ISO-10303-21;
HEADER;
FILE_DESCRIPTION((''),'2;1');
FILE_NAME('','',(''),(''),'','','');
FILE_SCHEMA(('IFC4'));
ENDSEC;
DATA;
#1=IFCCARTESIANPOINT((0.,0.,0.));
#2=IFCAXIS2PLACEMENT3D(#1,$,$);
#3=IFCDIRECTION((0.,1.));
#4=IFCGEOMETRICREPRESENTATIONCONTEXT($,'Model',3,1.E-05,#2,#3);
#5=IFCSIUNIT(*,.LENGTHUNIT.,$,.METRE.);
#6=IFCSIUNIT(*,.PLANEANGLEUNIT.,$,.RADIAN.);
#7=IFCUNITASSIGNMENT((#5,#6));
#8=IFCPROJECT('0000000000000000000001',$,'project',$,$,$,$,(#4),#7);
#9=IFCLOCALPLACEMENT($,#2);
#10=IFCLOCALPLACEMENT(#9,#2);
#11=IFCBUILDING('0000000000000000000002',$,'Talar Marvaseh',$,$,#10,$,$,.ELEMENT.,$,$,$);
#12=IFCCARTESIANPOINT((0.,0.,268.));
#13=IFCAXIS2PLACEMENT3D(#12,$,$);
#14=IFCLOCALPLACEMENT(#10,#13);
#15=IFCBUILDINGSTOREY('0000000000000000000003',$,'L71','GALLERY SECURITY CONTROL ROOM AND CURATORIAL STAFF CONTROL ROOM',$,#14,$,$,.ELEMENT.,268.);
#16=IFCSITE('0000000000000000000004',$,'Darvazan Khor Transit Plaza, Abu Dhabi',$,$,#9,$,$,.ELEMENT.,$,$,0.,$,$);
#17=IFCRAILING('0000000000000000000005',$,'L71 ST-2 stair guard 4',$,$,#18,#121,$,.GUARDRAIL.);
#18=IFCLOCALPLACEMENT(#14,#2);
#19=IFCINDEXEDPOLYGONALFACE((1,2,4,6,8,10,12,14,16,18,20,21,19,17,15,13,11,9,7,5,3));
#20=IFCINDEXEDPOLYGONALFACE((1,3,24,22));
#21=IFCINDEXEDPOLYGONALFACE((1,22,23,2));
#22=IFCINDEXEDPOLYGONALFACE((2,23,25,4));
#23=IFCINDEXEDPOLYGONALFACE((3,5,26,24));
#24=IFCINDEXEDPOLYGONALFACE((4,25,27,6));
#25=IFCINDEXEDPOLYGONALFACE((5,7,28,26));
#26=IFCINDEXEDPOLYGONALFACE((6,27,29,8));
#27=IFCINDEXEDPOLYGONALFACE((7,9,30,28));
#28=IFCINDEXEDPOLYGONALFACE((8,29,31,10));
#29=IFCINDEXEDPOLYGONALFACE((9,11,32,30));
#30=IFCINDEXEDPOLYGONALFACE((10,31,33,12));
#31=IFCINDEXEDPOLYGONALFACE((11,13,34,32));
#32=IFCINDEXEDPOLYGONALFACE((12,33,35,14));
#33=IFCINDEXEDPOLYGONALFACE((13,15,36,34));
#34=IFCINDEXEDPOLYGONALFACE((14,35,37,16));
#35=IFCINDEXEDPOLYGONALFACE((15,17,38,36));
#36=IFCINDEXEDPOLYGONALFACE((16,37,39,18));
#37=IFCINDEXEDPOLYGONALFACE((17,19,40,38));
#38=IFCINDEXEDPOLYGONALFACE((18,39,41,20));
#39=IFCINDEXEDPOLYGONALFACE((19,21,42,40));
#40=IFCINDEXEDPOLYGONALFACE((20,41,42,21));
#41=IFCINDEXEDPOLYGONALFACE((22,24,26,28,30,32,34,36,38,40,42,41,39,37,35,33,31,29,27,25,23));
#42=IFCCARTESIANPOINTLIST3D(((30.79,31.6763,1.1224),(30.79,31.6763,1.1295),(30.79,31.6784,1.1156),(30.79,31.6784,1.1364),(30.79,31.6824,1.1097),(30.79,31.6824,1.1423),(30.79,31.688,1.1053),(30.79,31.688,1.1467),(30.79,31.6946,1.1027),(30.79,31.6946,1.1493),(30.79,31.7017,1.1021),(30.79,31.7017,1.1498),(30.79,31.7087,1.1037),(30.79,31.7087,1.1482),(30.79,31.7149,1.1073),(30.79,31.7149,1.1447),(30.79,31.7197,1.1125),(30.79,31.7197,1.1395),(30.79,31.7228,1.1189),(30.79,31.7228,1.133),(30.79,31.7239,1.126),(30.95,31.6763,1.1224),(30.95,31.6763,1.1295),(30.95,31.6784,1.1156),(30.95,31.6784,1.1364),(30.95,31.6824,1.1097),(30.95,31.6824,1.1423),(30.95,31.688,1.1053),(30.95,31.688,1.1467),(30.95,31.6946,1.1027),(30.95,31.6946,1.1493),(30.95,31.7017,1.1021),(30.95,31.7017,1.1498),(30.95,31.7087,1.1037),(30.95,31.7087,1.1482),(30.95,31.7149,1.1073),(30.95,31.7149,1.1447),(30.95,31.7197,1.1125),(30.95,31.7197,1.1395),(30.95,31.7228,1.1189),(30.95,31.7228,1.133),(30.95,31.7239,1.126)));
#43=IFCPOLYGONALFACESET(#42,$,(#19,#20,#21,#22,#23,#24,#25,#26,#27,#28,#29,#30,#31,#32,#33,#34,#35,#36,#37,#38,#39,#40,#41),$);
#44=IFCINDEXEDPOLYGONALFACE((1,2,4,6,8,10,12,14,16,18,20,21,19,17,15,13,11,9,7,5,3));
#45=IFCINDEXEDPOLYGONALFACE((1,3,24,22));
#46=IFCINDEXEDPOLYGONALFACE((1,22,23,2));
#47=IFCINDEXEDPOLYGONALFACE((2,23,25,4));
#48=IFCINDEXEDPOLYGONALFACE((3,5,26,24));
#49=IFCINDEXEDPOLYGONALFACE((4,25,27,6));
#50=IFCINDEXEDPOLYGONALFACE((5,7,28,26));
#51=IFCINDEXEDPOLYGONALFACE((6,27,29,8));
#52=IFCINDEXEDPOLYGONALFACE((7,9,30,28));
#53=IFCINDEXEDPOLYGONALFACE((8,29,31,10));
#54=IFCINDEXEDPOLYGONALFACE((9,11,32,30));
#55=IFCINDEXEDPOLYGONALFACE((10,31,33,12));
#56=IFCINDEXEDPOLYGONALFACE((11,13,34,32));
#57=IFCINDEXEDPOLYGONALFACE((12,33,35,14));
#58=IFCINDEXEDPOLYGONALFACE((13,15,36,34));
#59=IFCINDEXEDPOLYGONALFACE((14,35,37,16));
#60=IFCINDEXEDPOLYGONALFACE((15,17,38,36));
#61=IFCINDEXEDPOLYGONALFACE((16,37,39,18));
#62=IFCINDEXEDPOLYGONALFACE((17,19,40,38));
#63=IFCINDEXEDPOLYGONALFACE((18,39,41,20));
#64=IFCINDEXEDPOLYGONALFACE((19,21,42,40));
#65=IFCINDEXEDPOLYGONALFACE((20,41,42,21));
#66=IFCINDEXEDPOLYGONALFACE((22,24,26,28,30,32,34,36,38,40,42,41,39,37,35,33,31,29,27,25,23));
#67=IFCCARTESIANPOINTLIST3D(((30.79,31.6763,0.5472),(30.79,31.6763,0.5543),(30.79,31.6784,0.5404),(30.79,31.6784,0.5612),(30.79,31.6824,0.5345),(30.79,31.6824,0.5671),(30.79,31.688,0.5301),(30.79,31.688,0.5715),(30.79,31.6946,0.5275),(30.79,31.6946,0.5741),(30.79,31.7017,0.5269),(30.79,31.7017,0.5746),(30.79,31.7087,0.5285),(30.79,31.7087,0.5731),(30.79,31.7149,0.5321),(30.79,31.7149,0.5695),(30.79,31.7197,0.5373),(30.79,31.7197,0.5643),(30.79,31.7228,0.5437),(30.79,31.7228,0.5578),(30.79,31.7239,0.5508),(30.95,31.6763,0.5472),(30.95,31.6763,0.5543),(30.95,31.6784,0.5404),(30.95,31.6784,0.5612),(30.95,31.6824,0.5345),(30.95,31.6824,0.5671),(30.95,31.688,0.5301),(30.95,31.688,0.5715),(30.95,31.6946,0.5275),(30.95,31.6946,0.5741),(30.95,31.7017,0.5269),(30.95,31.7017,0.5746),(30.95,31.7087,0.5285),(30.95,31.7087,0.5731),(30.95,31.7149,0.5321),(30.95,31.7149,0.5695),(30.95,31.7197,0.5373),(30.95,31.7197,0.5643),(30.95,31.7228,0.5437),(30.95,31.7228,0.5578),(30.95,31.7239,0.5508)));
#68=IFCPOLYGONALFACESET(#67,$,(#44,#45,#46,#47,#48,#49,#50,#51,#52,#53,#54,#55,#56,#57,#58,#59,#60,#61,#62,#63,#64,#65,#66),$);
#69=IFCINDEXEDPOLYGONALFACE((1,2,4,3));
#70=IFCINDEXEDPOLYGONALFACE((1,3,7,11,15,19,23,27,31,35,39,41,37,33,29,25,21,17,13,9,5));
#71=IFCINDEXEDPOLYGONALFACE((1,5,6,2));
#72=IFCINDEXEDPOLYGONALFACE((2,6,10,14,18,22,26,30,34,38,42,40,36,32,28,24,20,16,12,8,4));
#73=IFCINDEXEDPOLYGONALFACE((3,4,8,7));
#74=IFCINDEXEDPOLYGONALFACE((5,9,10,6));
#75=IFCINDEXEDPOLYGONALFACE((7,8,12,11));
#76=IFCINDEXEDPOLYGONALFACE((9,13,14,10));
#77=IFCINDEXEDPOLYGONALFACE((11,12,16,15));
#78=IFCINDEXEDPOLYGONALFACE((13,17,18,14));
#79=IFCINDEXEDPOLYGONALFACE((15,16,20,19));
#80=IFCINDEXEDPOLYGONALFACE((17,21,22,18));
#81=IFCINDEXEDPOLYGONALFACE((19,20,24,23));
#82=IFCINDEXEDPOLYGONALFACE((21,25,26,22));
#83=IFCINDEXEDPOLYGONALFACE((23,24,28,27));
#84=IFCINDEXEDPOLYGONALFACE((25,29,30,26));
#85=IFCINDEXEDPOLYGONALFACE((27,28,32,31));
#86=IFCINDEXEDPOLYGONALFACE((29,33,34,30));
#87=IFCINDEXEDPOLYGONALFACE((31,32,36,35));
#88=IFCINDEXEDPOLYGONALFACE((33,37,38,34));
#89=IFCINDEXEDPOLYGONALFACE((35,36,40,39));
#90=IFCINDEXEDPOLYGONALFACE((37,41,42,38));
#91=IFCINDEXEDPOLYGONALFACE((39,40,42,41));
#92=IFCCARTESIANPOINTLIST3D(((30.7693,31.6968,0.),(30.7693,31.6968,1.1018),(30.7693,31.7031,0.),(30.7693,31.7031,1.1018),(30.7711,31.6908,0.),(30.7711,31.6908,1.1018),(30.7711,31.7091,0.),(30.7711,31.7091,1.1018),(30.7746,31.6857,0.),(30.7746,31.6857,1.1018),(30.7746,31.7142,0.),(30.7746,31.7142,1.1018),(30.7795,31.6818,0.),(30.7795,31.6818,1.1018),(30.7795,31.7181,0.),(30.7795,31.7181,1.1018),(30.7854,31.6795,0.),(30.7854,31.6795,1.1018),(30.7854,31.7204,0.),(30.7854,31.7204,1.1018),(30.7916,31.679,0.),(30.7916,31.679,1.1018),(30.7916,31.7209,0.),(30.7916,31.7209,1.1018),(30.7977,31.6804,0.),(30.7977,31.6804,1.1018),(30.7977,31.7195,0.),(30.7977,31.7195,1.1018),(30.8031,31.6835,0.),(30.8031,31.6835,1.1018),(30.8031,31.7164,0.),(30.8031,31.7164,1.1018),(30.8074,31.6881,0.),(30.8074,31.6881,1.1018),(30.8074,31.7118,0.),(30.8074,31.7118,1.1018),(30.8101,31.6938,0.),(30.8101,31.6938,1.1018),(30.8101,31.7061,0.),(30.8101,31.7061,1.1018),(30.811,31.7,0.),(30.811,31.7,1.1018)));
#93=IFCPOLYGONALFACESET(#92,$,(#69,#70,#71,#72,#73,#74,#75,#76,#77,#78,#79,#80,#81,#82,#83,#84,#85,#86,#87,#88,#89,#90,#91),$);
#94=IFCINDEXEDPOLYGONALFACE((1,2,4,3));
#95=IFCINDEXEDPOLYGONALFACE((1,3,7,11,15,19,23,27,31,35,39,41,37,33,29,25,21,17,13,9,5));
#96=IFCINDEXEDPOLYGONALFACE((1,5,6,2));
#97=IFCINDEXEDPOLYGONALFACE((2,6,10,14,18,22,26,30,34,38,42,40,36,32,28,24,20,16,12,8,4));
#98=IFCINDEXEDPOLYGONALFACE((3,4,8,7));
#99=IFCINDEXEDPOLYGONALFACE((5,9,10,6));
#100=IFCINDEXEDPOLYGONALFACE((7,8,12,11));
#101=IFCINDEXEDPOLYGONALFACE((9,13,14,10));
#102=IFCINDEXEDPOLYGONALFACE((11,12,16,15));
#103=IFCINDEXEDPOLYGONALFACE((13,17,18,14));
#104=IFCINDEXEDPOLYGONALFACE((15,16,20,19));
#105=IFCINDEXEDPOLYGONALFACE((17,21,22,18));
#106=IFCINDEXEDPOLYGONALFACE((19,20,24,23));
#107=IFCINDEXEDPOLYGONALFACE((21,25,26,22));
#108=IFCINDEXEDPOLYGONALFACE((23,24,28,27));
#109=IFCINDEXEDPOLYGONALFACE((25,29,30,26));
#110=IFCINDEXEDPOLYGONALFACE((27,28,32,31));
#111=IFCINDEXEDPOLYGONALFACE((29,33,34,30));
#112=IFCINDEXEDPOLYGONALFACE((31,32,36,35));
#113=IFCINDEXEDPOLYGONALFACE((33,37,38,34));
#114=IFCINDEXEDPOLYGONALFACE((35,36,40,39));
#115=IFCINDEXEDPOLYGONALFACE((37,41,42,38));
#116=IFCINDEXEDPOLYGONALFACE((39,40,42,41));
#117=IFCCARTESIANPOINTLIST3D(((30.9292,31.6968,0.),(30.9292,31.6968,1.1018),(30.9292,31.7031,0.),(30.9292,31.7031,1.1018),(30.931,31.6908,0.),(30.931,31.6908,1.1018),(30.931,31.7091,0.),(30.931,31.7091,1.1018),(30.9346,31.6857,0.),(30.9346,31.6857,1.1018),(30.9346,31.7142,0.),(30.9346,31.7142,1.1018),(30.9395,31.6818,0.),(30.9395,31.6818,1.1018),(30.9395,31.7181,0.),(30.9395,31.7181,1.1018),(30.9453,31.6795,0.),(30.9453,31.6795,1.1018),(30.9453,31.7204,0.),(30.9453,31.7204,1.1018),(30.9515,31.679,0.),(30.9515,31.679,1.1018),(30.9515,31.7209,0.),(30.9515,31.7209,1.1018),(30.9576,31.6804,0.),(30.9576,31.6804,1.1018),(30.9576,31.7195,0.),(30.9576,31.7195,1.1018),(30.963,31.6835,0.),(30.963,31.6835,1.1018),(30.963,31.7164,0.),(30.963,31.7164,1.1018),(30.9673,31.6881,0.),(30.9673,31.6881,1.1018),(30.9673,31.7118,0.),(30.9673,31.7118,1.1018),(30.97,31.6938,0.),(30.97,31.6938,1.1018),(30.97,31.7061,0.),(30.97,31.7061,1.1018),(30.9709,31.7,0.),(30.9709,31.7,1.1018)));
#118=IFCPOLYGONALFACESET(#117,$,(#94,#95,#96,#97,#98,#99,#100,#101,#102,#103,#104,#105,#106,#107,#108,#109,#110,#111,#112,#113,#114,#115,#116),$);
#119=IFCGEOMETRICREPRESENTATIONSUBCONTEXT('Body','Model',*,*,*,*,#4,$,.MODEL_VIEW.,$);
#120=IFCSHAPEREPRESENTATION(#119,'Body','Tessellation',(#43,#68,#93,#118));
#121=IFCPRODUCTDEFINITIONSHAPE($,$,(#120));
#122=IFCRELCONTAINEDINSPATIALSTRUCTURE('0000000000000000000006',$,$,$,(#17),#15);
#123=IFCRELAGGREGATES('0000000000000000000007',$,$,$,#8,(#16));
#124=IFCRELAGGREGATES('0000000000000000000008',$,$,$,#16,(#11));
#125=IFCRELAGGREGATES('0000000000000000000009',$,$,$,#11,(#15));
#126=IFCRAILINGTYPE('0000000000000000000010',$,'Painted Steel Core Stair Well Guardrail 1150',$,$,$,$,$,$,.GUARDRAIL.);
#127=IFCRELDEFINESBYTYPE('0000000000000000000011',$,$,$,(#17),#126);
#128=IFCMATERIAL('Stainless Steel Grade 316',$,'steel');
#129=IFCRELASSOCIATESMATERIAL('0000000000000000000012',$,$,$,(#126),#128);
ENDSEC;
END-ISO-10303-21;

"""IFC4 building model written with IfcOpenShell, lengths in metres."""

from ifc_helpers import new_model, si_unit, direction, frame, origin, origin_2d, place, context, subcontext, project, spatial, circle, extrude, material, type_object, element, save


model = new_model("IFC4")

# Units and contexts
model_context = context("Model", 3, precision=1e-05, world=origin(), true_north=direction((0.0, 1.0)))
body_context = subcontext(model_context, "Body", "Model", "MODEL_VIEW")
ifc_project = project(units=[si_unit("LENGTHUNIT", "METRE"), si_unit("PLANEANGLEUNIT", "RADIAN")], contexts=[model_context])

# Site, building, storey
site_placement = place(None, origin())
site = spatial("IfcSite", under=ifc_project, at=site_placement, Name="Darvazan Khor Transit Plaza, Abu Dhabi", CompositionType="ELEMENT", RefElevation=0.0)
building_placement = place(site_placement, origin())
building = spatial("IfcBuilding", under=site, at=building_placement, Name="Talar Marvaseh", CompositionType="ELEMENT")
storey_placement = place(building_placement, frame((0.0, 0.0, 268.0)))
storey = spatial("IfcBuildingStorey", under=building, at=storey_placement, Name="L71", Description="GALLERY SECURITY CONTROL ROOM AND CURATORIAL STAFF CONTROL ROOM", CompositionType="ELEMENT", Elevation=268.0)

# Shared definitions
ifc_material_1 = material(Name="Stainless Steel Grade 316", Category="steel")

# Railing
railing_type_1 = type_object("IfcRailingType", Name="Painted Steel Core Stair Well Guardrail 1150", PredefinedType="GUARDRAIL", material=ifc_material_1)
railing_1_placement = place(storey_placement, frame((30.79, 31.7, 0.0)))
element("IfcRailing", 1, at=railing_1_placement, inside=storey, type_object=railing_type_1, Name="L71 ST-2 stair guard 4", PredefinedType="GUARDRAIL", context=body_context, shape_type="SweptSolid", body=[
    extrude(circle(Radius=0.0239, at=origin_2d()), frame((0.0, 0.0, 1.126), z_axis=(1.0, 0.0, 0.0), x_axis=(0.0, 1.0, 0.0)), (0.0, 0.0, 1.0), 0.1599),
    extrude(circle(Radius=0.0239, at=origin_2d()), frame((0.0, 0.0, 0.5508), z_axis=(1.0, 0.0, 0.0), x_axis=(0.0, 1.0, 0.0)), (0.0, 0.0, 1.0), 0.1599),
    extrude(circle(Radius=0.021, at=origin_2d()), origin(), (0.0, 0.0, 1.0), 1.1018),
    extrude(circle(Radius=0.021, at=origin_2d()), frame((0.1599, 0.0, 0.0)), (0.0, 0.0, 1.0), 1.1018),
])

save(model, "model.ifc")
